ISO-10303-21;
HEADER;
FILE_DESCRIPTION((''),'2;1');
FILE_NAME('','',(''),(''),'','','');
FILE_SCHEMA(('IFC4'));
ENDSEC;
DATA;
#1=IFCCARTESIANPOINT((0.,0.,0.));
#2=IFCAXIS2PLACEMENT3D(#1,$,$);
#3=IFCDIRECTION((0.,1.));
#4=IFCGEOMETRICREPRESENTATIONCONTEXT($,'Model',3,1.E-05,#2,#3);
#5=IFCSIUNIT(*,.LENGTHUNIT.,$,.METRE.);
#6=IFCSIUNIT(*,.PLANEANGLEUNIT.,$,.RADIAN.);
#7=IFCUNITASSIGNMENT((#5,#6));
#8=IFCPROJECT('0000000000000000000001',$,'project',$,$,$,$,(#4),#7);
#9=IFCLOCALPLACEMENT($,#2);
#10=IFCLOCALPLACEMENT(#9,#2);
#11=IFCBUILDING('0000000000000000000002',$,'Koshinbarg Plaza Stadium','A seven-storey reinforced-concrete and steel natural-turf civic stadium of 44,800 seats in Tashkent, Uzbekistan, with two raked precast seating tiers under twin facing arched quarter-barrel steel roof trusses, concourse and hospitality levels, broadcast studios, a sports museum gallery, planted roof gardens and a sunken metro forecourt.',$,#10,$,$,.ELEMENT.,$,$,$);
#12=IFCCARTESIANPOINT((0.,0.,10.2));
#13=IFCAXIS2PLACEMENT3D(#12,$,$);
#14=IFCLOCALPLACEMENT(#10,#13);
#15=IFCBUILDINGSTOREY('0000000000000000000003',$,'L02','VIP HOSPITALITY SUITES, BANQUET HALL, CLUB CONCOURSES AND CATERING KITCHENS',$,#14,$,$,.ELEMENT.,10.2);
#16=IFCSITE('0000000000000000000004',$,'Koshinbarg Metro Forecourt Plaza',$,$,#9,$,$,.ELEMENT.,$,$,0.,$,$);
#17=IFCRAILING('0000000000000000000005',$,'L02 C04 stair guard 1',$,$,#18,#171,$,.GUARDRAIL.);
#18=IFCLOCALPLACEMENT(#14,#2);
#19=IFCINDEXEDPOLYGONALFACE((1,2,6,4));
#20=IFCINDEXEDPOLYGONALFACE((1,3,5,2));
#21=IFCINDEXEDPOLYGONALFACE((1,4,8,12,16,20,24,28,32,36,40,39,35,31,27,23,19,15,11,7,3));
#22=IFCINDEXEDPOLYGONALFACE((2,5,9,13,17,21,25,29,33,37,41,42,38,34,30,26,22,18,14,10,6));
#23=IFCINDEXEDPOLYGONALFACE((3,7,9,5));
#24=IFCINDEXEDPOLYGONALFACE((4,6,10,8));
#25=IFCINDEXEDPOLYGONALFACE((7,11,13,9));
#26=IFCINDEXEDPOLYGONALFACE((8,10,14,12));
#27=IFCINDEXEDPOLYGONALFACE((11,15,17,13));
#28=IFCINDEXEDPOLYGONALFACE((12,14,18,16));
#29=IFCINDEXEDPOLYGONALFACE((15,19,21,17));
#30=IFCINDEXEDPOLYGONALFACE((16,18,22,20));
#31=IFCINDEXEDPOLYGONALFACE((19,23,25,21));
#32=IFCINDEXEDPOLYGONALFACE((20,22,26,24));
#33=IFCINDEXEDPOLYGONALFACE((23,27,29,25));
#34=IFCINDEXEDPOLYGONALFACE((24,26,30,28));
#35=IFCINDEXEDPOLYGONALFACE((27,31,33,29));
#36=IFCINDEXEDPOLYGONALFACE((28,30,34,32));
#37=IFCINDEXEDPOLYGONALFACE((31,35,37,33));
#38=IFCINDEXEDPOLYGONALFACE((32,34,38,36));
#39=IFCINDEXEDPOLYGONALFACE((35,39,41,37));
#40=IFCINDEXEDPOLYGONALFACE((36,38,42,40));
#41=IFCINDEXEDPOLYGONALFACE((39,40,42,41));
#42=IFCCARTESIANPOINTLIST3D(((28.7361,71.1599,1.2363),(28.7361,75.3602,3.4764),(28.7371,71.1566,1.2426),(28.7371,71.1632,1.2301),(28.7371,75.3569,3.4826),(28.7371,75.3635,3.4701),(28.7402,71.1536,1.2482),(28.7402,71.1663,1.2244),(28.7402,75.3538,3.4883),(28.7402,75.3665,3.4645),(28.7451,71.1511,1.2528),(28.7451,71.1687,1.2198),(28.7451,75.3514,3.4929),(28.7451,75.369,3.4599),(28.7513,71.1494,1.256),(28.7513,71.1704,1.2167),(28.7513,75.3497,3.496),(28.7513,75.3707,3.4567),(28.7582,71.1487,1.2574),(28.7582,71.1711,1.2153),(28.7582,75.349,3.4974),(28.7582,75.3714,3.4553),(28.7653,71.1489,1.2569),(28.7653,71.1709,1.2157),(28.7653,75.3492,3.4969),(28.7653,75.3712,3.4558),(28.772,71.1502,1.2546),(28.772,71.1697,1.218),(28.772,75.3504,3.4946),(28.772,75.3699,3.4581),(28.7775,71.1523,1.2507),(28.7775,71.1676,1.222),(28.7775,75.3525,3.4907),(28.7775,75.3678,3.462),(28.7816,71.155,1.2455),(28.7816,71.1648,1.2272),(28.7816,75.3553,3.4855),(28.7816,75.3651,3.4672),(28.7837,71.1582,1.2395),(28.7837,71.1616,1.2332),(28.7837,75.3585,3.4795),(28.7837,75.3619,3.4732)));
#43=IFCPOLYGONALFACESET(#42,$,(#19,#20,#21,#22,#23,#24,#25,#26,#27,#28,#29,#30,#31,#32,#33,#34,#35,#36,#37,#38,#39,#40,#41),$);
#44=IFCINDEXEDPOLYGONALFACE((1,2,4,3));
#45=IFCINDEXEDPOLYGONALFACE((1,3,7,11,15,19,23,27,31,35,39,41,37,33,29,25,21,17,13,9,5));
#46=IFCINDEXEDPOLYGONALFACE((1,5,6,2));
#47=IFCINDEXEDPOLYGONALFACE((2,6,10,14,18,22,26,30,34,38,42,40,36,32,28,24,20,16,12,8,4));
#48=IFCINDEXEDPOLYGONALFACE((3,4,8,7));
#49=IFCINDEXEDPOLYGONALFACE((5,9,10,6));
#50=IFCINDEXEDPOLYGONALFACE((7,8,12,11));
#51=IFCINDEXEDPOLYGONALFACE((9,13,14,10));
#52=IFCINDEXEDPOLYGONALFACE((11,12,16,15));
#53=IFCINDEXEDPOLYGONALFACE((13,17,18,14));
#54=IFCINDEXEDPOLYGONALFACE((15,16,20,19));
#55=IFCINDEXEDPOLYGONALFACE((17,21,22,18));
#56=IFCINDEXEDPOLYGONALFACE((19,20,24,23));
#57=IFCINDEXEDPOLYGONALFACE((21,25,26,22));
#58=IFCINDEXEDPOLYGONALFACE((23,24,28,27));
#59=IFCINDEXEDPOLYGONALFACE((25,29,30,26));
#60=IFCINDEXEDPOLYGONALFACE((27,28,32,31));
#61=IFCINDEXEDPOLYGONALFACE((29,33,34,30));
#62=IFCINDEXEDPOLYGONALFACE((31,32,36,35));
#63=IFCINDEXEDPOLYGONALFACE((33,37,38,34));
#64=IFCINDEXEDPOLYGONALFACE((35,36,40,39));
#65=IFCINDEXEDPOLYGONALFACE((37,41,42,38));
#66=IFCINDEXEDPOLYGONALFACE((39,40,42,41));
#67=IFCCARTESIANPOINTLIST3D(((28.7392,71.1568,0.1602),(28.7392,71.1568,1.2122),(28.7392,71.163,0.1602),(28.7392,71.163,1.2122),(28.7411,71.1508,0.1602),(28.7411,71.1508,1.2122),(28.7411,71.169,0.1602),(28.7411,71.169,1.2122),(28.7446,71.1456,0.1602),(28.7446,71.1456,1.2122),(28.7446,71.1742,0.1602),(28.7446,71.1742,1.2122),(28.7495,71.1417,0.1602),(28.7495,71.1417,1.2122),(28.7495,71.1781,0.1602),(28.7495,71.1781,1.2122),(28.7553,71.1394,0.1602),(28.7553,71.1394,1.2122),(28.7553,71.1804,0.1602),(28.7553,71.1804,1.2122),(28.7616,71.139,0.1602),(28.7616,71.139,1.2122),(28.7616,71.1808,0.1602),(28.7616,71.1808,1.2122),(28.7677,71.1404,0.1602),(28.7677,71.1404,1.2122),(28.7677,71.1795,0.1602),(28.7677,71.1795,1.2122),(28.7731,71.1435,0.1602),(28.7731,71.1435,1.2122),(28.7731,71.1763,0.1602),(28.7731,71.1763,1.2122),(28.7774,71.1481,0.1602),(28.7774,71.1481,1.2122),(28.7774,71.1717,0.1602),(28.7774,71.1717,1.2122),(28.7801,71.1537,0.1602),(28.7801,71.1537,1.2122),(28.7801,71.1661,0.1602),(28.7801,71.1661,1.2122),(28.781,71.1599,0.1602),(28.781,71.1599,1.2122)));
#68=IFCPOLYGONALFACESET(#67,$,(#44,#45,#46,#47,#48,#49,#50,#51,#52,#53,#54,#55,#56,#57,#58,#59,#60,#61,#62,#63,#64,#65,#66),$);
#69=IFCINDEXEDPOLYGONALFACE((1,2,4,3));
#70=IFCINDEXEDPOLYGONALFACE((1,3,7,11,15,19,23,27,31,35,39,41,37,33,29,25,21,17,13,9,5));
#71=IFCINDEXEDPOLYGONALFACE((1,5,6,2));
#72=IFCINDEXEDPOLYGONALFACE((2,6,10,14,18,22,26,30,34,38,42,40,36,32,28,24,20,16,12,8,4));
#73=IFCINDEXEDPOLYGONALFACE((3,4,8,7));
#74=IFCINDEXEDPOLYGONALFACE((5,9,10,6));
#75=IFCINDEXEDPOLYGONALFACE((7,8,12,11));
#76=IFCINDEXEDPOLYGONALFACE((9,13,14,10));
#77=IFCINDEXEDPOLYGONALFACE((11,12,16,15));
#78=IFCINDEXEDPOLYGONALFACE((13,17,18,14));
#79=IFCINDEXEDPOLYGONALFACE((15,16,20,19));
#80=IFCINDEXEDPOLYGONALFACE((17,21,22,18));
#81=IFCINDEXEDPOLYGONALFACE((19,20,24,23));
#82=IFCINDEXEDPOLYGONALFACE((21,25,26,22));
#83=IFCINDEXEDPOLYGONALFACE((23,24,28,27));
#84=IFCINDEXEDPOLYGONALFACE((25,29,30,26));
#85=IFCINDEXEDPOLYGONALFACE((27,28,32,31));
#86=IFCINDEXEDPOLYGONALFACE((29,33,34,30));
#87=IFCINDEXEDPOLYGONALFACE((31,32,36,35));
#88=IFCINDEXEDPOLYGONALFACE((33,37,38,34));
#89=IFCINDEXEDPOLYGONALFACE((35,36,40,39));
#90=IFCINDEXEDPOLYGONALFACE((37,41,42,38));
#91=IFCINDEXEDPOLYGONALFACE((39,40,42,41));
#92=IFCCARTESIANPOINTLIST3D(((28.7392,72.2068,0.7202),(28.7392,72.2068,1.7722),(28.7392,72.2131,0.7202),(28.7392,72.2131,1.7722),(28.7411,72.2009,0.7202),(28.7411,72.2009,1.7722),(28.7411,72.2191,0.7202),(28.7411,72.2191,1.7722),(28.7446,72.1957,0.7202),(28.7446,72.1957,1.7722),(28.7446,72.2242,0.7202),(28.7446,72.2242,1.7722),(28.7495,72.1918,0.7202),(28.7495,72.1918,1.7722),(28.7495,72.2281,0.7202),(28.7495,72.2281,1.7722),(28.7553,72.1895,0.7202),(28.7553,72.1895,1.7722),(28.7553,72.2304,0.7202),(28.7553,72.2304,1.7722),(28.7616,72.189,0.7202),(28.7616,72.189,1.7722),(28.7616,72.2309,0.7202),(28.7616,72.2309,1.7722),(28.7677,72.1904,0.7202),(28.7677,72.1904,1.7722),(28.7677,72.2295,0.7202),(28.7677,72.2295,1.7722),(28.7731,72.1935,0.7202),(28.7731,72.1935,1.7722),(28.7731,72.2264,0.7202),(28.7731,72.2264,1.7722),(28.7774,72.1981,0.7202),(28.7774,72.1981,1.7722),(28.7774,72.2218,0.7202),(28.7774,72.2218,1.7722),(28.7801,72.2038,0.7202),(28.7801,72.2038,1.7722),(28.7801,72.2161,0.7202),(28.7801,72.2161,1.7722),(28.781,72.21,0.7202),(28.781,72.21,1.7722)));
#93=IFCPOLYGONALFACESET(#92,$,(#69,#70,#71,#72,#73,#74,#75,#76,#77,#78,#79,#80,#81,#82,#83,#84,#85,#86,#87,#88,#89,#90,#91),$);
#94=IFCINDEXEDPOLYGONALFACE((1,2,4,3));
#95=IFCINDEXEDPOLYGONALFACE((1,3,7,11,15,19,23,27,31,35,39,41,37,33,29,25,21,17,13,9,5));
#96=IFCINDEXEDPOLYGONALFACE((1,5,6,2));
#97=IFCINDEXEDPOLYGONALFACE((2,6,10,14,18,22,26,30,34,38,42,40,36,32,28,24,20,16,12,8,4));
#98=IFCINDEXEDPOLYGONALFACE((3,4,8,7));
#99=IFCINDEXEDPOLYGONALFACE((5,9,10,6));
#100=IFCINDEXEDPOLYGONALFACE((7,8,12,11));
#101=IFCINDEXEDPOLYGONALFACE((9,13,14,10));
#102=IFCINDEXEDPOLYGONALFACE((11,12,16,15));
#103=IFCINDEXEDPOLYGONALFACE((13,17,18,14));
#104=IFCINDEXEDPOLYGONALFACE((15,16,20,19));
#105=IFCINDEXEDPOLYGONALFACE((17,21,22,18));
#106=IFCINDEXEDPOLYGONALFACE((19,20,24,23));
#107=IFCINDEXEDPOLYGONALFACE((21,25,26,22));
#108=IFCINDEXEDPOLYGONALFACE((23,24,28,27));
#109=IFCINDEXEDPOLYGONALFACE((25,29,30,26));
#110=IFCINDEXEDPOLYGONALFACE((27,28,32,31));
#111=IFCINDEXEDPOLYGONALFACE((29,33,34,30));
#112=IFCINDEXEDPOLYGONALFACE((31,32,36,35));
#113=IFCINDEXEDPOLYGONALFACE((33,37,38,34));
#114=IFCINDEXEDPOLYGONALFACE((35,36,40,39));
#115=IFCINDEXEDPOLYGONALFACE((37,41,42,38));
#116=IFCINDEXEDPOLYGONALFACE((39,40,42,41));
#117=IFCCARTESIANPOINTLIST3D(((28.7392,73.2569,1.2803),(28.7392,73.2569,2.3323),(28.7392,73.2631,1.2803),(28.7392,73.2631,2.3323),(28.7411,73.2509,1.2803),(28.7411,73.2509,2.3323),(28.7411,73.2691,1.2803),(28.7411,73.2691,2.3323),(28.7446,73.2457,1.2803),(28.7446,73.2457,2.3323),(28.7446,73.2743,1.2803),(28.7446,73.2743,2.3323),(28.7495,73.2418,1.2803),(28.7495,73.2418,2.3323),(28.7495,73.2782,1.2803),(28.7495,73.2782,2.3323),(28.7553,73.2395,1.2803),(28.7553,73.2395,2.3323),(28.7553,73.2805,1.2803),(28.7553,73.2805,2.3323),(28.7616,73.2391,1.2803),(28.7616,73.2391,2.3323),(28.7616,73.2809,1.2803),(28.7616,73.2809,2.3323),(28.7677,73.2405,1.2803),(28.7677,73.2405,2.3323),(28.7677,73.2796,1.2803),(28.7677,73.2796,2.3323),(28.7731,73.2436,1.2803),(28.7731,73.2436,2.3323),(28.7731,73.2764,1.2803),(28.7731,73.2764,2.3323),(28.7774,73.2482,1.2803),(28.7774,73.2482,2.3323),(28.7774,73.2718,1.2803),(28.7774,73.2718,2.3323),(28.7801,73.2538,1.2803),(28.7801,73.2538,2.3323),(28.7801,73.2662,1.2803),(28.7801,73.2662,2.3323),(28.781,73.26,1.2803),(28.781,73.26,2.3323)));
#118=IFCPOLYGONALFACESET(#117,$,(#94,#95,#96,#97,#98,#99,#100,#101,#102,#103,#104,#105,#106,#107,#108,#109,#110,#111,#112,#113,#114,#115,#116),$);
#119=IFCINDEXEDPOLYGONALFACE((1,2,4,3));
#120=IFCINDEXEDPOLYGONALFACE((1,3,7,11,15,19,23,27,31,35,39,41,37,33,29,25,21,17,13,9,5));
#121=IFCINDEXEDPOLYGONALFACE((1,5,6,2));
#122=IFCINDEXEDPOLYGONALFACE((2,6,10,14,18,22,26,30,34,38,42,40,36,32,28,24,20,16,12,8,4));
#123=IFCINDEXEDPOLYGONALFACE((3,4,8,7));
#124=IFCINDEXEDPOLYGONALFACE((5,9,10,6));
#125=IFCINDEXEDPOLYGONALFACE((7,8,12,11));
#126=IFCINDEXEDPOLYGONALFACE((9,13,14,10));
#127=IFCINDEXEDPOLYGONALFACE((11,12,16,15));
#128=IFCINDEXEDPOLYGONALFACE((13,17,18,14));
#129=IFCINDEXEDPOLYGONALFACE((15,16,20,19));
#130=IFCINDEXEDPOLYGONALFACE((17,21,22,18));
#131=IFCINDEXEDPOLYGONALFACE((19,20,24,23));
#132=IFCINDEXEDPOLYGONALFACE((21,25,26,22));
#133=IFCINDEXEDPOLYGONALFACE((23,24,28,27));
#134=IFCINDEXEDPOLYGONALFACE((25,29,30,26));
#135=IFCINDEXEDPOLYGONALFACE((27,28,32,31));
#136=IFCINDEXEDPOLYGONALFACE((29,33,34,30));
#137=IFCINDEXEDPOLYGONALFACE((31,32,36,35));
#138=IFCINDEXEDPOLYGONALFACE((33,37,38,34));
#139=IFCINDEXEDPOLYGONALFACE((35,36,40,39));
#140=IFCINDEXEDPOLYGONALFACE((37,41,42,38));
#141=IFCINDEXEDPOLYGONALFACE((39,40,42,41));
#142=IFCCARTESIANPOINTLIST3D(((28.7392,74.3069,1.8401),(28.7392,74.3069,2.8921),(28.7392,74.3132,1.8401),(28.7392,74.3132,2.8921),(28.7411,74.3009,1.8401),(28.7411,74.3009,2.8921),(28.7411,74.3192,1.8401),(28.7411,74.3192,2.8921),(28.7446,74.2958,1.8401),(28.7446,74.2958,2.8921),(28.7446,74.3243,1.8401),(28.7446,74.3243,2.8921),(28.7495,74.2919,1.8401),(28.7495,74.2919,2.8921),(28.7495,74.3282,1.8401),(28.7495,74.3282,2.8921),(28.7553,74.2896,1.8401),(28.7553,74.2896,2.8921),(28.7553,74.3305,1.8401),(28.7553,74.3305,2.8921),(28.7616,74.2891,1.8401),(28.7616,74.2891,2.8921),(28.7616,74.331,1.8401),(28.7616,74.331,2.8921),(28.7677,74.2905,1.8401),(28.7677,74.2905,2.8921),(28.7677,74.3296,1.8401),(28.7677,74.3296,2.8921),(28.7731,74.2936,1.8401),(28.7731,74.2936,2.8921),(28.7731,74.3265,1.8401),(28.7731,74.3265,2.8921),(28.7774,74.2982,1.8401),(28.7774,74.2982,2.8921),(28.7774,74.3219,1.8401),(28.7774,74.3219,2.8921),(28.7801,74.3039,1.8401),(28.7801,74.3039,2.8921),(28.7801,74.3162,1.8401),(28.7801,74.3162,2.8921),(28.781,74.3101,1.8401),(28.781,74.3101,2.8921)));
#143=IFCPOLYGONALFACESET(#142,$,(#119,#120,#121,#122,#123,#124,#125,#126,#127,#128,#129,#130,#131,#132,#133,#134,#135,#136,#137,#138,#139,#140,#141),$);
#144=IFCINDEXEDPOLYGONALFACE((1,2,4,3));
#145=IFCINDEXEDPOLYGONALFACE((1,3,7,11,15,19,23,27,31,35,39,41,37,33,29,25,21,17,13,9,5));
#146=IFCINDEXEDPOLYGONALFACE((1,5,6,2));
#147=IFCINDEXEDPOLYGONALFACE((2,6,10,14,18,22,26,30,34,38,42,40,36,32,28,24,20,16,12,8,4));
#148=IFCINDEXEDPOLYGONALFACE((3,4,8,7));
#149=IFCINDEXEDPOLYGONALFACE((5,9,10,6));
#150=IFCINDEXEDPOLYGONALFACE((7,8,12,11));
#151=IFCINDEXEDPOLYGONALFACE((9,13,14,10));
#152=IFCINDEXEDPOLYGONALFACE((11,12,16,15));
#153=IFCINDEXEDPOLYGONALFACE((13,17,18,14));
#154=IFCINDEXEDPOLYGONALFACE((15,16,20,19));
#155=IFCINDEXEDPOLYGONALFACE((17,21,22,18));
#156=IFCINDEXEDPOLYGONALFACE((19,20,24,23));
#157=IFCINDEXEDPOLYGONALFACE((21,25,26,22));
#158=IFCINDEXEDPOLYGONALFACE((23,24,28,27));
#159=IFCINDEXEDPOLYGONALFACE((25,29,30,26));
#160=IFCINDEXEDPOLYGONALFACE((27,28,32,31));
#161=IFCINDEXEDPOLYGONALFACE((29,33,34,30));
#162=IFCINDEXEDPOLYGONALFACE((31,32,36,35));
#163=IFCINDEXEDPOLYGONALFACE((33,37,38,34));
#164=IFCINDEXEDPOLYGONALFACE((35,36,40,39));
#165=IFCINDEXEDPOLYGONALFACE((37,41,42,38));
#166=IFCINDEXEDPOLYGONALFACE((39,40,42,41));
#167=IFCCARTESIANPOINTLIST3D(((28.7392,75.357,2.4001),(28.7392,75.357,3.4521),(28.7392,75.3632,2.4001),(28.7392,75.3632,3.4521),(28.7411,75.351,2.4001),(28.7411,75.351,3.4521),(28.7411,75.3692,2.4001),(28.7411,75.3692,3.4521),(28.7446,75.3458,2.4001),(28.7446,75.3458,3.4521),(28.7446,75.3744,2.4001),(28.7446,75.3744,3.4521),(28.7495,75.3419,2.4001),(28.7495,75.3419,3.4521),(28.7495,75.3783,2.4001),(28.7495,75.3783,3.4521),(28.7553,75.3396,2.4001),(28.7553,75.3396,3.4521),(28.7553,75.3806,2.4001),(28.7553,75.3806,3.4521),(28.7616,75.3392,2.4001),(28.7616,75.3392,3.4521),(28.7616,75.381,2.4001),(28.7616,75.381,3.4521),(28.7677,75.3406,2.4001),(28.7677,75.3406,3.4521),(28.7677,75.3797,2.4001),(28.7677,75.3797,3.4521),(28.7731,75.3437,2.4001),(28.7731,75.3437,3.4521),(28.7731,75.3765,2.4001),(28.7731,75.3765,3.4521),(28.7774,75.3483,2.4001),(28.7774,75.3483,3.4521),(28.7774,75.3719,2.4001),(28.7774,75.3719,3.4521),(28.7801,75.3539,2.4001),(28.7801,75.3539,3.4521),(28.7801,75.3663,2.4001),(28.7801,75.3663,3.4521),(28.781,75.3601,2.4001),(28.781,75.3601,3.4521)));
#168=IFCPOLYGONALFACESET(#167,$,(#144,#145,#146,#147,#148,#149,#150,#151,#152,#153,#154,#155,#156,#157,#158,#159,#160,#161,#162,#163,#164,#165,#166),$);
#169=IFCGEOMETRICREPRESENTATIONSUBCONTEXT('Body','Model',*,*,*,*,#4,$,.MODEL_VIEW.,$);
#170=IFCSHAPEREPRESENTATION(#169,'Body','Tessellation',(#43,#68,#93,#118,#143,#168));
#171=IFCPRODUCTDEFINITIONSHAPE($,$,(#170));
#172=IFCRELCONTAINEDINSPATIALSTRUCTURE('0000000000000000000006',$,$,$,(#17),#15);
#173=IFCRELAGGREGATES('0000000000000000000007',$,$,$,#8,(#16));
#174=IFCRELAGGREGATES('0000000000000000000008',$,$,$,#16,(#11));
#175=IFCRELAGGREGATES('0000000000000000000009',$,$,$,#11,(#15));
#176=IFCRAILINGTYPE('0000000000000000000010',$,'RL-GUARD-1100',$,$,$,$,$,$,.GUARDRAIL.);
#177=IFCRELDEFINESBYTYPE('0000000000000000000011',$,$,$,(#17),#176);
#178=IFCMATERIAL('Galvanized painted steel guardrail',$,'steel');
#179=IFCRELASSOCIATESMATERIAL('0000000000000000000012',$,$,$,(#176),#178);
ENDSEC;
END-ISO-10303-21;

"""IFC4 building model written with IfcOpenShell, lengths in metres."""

from ifc_helpers import new_model, si_unit, direction, frame, origin, origin_2d, place, context, subcontext, project, spatial, circle, extrude, material, type_object, element, save


model = new_model("IFC4")

# Units and contexts
model_context = context("Model", 3, precision=1e-05, world=origin(), true_north=direction((0.0, 1.0)))
body_context = subcontext(model_context, "Body", "Model", "MODEL_VIEW")
ifc_project = project(units=[si_unit("LENGTHUNIT", "METRE"), si_unit("PLANEANGLEUNIT", "RADIAN")], contexts=[model_context])

# Site, building, storey
site_placement = place(None, origin())
site = spatial("IfcSite", under=ifc_project, at=site_placement, Name="Koshinbarg Metro Forecourt Plaza", CompositionType="ELEMENT", RefElevation=0.0)
building_placement = place(site_placement, origin())
building = spatial("IfcBuilding", under=site, at=building_placement, Name="Koshinbarg Plaza Stadium", Description="A seven-storey reinforced-concrete and steel natural-turf civic stadium of 44,800 seats in Tashkent, Uzbekistan, with two raked precast seating tiers under twin facing arched quarter-barrel steel roof trusses, concourse and hospitality levels, broadcast studios, a sports museum gallery, planted roof gardens and a sunken metro forecourt.", CompositionType="ELEMENT")
storey_placement = place(building_placement, frame((0.0, 0.0, 10.2)))
storey = spatial("IfcBuildingStorey", under=building, at=storey_placement, Name="L02", Description="VIP HOSPITALITY SUITES, BANQUET HALL, CLUB CONCOURSES AND CATERING KITCHENS", CompositionType="ELEMENT", Elevation=10.2)

# Railing
ifc_material_1 = material(Name="Galvanized painted steel guardrail", Category="steel")
railing_type_1 = type_object("IfcRailingType", Name="RL-GUARD-1100", PredefinedType="GUARDRAIL", material=ifc_material_1)
railing_1_placement = place(storey_placement, frame((28.76, 71.1599, 0.1602)))
element("IfcRailing", 1, at=railing_1_placement, inside=storey, type_object=railing_type_1, Name="L02 C04 stair guard 1", PredefinedType="GUARDRAIL", context=body_context, shape_type="SweptSolid", body=[
    extrude(circle(Radius=0.0239, at=origin_2d()), frame((0.0, 0.0, 1.0762), z_axis=(0.0, 0.882363, 0.47057), x_axis=(-1.0, 0.0, 0.0)), (0.0, 0.0, 1.0), 4.7603),
    extrude(circle(Radius=0.021, at=origin_2d()), origin(), (0.0, 0.0, 1.0), 1.052),
    extrude(circle(Radius=0.021, at=origin_2d()), frame((0.0, 1.05, 0.5601)), (0.0, 0.0, 1.0), 1.052),
    extrude(circle(Radius=0.021, at=origin_2d()), frame((0.0, 2.1001, 1.1201)), (0.0, 0.0, 1.0), 1.052),
    extrude(circle(Radius=0.021, at=origin_2d()), frame((0.0, 3.1501, 1.6799)), (0.0, 0.0, 1.0), 1.052),
    extrude(circle(Radius=0.021, at=origin_2d()), frame((0.0, 4.2002, 2.24)), (0.0, 0.0, 1.0), 1.052),
])

save(model, "model.ifc")
